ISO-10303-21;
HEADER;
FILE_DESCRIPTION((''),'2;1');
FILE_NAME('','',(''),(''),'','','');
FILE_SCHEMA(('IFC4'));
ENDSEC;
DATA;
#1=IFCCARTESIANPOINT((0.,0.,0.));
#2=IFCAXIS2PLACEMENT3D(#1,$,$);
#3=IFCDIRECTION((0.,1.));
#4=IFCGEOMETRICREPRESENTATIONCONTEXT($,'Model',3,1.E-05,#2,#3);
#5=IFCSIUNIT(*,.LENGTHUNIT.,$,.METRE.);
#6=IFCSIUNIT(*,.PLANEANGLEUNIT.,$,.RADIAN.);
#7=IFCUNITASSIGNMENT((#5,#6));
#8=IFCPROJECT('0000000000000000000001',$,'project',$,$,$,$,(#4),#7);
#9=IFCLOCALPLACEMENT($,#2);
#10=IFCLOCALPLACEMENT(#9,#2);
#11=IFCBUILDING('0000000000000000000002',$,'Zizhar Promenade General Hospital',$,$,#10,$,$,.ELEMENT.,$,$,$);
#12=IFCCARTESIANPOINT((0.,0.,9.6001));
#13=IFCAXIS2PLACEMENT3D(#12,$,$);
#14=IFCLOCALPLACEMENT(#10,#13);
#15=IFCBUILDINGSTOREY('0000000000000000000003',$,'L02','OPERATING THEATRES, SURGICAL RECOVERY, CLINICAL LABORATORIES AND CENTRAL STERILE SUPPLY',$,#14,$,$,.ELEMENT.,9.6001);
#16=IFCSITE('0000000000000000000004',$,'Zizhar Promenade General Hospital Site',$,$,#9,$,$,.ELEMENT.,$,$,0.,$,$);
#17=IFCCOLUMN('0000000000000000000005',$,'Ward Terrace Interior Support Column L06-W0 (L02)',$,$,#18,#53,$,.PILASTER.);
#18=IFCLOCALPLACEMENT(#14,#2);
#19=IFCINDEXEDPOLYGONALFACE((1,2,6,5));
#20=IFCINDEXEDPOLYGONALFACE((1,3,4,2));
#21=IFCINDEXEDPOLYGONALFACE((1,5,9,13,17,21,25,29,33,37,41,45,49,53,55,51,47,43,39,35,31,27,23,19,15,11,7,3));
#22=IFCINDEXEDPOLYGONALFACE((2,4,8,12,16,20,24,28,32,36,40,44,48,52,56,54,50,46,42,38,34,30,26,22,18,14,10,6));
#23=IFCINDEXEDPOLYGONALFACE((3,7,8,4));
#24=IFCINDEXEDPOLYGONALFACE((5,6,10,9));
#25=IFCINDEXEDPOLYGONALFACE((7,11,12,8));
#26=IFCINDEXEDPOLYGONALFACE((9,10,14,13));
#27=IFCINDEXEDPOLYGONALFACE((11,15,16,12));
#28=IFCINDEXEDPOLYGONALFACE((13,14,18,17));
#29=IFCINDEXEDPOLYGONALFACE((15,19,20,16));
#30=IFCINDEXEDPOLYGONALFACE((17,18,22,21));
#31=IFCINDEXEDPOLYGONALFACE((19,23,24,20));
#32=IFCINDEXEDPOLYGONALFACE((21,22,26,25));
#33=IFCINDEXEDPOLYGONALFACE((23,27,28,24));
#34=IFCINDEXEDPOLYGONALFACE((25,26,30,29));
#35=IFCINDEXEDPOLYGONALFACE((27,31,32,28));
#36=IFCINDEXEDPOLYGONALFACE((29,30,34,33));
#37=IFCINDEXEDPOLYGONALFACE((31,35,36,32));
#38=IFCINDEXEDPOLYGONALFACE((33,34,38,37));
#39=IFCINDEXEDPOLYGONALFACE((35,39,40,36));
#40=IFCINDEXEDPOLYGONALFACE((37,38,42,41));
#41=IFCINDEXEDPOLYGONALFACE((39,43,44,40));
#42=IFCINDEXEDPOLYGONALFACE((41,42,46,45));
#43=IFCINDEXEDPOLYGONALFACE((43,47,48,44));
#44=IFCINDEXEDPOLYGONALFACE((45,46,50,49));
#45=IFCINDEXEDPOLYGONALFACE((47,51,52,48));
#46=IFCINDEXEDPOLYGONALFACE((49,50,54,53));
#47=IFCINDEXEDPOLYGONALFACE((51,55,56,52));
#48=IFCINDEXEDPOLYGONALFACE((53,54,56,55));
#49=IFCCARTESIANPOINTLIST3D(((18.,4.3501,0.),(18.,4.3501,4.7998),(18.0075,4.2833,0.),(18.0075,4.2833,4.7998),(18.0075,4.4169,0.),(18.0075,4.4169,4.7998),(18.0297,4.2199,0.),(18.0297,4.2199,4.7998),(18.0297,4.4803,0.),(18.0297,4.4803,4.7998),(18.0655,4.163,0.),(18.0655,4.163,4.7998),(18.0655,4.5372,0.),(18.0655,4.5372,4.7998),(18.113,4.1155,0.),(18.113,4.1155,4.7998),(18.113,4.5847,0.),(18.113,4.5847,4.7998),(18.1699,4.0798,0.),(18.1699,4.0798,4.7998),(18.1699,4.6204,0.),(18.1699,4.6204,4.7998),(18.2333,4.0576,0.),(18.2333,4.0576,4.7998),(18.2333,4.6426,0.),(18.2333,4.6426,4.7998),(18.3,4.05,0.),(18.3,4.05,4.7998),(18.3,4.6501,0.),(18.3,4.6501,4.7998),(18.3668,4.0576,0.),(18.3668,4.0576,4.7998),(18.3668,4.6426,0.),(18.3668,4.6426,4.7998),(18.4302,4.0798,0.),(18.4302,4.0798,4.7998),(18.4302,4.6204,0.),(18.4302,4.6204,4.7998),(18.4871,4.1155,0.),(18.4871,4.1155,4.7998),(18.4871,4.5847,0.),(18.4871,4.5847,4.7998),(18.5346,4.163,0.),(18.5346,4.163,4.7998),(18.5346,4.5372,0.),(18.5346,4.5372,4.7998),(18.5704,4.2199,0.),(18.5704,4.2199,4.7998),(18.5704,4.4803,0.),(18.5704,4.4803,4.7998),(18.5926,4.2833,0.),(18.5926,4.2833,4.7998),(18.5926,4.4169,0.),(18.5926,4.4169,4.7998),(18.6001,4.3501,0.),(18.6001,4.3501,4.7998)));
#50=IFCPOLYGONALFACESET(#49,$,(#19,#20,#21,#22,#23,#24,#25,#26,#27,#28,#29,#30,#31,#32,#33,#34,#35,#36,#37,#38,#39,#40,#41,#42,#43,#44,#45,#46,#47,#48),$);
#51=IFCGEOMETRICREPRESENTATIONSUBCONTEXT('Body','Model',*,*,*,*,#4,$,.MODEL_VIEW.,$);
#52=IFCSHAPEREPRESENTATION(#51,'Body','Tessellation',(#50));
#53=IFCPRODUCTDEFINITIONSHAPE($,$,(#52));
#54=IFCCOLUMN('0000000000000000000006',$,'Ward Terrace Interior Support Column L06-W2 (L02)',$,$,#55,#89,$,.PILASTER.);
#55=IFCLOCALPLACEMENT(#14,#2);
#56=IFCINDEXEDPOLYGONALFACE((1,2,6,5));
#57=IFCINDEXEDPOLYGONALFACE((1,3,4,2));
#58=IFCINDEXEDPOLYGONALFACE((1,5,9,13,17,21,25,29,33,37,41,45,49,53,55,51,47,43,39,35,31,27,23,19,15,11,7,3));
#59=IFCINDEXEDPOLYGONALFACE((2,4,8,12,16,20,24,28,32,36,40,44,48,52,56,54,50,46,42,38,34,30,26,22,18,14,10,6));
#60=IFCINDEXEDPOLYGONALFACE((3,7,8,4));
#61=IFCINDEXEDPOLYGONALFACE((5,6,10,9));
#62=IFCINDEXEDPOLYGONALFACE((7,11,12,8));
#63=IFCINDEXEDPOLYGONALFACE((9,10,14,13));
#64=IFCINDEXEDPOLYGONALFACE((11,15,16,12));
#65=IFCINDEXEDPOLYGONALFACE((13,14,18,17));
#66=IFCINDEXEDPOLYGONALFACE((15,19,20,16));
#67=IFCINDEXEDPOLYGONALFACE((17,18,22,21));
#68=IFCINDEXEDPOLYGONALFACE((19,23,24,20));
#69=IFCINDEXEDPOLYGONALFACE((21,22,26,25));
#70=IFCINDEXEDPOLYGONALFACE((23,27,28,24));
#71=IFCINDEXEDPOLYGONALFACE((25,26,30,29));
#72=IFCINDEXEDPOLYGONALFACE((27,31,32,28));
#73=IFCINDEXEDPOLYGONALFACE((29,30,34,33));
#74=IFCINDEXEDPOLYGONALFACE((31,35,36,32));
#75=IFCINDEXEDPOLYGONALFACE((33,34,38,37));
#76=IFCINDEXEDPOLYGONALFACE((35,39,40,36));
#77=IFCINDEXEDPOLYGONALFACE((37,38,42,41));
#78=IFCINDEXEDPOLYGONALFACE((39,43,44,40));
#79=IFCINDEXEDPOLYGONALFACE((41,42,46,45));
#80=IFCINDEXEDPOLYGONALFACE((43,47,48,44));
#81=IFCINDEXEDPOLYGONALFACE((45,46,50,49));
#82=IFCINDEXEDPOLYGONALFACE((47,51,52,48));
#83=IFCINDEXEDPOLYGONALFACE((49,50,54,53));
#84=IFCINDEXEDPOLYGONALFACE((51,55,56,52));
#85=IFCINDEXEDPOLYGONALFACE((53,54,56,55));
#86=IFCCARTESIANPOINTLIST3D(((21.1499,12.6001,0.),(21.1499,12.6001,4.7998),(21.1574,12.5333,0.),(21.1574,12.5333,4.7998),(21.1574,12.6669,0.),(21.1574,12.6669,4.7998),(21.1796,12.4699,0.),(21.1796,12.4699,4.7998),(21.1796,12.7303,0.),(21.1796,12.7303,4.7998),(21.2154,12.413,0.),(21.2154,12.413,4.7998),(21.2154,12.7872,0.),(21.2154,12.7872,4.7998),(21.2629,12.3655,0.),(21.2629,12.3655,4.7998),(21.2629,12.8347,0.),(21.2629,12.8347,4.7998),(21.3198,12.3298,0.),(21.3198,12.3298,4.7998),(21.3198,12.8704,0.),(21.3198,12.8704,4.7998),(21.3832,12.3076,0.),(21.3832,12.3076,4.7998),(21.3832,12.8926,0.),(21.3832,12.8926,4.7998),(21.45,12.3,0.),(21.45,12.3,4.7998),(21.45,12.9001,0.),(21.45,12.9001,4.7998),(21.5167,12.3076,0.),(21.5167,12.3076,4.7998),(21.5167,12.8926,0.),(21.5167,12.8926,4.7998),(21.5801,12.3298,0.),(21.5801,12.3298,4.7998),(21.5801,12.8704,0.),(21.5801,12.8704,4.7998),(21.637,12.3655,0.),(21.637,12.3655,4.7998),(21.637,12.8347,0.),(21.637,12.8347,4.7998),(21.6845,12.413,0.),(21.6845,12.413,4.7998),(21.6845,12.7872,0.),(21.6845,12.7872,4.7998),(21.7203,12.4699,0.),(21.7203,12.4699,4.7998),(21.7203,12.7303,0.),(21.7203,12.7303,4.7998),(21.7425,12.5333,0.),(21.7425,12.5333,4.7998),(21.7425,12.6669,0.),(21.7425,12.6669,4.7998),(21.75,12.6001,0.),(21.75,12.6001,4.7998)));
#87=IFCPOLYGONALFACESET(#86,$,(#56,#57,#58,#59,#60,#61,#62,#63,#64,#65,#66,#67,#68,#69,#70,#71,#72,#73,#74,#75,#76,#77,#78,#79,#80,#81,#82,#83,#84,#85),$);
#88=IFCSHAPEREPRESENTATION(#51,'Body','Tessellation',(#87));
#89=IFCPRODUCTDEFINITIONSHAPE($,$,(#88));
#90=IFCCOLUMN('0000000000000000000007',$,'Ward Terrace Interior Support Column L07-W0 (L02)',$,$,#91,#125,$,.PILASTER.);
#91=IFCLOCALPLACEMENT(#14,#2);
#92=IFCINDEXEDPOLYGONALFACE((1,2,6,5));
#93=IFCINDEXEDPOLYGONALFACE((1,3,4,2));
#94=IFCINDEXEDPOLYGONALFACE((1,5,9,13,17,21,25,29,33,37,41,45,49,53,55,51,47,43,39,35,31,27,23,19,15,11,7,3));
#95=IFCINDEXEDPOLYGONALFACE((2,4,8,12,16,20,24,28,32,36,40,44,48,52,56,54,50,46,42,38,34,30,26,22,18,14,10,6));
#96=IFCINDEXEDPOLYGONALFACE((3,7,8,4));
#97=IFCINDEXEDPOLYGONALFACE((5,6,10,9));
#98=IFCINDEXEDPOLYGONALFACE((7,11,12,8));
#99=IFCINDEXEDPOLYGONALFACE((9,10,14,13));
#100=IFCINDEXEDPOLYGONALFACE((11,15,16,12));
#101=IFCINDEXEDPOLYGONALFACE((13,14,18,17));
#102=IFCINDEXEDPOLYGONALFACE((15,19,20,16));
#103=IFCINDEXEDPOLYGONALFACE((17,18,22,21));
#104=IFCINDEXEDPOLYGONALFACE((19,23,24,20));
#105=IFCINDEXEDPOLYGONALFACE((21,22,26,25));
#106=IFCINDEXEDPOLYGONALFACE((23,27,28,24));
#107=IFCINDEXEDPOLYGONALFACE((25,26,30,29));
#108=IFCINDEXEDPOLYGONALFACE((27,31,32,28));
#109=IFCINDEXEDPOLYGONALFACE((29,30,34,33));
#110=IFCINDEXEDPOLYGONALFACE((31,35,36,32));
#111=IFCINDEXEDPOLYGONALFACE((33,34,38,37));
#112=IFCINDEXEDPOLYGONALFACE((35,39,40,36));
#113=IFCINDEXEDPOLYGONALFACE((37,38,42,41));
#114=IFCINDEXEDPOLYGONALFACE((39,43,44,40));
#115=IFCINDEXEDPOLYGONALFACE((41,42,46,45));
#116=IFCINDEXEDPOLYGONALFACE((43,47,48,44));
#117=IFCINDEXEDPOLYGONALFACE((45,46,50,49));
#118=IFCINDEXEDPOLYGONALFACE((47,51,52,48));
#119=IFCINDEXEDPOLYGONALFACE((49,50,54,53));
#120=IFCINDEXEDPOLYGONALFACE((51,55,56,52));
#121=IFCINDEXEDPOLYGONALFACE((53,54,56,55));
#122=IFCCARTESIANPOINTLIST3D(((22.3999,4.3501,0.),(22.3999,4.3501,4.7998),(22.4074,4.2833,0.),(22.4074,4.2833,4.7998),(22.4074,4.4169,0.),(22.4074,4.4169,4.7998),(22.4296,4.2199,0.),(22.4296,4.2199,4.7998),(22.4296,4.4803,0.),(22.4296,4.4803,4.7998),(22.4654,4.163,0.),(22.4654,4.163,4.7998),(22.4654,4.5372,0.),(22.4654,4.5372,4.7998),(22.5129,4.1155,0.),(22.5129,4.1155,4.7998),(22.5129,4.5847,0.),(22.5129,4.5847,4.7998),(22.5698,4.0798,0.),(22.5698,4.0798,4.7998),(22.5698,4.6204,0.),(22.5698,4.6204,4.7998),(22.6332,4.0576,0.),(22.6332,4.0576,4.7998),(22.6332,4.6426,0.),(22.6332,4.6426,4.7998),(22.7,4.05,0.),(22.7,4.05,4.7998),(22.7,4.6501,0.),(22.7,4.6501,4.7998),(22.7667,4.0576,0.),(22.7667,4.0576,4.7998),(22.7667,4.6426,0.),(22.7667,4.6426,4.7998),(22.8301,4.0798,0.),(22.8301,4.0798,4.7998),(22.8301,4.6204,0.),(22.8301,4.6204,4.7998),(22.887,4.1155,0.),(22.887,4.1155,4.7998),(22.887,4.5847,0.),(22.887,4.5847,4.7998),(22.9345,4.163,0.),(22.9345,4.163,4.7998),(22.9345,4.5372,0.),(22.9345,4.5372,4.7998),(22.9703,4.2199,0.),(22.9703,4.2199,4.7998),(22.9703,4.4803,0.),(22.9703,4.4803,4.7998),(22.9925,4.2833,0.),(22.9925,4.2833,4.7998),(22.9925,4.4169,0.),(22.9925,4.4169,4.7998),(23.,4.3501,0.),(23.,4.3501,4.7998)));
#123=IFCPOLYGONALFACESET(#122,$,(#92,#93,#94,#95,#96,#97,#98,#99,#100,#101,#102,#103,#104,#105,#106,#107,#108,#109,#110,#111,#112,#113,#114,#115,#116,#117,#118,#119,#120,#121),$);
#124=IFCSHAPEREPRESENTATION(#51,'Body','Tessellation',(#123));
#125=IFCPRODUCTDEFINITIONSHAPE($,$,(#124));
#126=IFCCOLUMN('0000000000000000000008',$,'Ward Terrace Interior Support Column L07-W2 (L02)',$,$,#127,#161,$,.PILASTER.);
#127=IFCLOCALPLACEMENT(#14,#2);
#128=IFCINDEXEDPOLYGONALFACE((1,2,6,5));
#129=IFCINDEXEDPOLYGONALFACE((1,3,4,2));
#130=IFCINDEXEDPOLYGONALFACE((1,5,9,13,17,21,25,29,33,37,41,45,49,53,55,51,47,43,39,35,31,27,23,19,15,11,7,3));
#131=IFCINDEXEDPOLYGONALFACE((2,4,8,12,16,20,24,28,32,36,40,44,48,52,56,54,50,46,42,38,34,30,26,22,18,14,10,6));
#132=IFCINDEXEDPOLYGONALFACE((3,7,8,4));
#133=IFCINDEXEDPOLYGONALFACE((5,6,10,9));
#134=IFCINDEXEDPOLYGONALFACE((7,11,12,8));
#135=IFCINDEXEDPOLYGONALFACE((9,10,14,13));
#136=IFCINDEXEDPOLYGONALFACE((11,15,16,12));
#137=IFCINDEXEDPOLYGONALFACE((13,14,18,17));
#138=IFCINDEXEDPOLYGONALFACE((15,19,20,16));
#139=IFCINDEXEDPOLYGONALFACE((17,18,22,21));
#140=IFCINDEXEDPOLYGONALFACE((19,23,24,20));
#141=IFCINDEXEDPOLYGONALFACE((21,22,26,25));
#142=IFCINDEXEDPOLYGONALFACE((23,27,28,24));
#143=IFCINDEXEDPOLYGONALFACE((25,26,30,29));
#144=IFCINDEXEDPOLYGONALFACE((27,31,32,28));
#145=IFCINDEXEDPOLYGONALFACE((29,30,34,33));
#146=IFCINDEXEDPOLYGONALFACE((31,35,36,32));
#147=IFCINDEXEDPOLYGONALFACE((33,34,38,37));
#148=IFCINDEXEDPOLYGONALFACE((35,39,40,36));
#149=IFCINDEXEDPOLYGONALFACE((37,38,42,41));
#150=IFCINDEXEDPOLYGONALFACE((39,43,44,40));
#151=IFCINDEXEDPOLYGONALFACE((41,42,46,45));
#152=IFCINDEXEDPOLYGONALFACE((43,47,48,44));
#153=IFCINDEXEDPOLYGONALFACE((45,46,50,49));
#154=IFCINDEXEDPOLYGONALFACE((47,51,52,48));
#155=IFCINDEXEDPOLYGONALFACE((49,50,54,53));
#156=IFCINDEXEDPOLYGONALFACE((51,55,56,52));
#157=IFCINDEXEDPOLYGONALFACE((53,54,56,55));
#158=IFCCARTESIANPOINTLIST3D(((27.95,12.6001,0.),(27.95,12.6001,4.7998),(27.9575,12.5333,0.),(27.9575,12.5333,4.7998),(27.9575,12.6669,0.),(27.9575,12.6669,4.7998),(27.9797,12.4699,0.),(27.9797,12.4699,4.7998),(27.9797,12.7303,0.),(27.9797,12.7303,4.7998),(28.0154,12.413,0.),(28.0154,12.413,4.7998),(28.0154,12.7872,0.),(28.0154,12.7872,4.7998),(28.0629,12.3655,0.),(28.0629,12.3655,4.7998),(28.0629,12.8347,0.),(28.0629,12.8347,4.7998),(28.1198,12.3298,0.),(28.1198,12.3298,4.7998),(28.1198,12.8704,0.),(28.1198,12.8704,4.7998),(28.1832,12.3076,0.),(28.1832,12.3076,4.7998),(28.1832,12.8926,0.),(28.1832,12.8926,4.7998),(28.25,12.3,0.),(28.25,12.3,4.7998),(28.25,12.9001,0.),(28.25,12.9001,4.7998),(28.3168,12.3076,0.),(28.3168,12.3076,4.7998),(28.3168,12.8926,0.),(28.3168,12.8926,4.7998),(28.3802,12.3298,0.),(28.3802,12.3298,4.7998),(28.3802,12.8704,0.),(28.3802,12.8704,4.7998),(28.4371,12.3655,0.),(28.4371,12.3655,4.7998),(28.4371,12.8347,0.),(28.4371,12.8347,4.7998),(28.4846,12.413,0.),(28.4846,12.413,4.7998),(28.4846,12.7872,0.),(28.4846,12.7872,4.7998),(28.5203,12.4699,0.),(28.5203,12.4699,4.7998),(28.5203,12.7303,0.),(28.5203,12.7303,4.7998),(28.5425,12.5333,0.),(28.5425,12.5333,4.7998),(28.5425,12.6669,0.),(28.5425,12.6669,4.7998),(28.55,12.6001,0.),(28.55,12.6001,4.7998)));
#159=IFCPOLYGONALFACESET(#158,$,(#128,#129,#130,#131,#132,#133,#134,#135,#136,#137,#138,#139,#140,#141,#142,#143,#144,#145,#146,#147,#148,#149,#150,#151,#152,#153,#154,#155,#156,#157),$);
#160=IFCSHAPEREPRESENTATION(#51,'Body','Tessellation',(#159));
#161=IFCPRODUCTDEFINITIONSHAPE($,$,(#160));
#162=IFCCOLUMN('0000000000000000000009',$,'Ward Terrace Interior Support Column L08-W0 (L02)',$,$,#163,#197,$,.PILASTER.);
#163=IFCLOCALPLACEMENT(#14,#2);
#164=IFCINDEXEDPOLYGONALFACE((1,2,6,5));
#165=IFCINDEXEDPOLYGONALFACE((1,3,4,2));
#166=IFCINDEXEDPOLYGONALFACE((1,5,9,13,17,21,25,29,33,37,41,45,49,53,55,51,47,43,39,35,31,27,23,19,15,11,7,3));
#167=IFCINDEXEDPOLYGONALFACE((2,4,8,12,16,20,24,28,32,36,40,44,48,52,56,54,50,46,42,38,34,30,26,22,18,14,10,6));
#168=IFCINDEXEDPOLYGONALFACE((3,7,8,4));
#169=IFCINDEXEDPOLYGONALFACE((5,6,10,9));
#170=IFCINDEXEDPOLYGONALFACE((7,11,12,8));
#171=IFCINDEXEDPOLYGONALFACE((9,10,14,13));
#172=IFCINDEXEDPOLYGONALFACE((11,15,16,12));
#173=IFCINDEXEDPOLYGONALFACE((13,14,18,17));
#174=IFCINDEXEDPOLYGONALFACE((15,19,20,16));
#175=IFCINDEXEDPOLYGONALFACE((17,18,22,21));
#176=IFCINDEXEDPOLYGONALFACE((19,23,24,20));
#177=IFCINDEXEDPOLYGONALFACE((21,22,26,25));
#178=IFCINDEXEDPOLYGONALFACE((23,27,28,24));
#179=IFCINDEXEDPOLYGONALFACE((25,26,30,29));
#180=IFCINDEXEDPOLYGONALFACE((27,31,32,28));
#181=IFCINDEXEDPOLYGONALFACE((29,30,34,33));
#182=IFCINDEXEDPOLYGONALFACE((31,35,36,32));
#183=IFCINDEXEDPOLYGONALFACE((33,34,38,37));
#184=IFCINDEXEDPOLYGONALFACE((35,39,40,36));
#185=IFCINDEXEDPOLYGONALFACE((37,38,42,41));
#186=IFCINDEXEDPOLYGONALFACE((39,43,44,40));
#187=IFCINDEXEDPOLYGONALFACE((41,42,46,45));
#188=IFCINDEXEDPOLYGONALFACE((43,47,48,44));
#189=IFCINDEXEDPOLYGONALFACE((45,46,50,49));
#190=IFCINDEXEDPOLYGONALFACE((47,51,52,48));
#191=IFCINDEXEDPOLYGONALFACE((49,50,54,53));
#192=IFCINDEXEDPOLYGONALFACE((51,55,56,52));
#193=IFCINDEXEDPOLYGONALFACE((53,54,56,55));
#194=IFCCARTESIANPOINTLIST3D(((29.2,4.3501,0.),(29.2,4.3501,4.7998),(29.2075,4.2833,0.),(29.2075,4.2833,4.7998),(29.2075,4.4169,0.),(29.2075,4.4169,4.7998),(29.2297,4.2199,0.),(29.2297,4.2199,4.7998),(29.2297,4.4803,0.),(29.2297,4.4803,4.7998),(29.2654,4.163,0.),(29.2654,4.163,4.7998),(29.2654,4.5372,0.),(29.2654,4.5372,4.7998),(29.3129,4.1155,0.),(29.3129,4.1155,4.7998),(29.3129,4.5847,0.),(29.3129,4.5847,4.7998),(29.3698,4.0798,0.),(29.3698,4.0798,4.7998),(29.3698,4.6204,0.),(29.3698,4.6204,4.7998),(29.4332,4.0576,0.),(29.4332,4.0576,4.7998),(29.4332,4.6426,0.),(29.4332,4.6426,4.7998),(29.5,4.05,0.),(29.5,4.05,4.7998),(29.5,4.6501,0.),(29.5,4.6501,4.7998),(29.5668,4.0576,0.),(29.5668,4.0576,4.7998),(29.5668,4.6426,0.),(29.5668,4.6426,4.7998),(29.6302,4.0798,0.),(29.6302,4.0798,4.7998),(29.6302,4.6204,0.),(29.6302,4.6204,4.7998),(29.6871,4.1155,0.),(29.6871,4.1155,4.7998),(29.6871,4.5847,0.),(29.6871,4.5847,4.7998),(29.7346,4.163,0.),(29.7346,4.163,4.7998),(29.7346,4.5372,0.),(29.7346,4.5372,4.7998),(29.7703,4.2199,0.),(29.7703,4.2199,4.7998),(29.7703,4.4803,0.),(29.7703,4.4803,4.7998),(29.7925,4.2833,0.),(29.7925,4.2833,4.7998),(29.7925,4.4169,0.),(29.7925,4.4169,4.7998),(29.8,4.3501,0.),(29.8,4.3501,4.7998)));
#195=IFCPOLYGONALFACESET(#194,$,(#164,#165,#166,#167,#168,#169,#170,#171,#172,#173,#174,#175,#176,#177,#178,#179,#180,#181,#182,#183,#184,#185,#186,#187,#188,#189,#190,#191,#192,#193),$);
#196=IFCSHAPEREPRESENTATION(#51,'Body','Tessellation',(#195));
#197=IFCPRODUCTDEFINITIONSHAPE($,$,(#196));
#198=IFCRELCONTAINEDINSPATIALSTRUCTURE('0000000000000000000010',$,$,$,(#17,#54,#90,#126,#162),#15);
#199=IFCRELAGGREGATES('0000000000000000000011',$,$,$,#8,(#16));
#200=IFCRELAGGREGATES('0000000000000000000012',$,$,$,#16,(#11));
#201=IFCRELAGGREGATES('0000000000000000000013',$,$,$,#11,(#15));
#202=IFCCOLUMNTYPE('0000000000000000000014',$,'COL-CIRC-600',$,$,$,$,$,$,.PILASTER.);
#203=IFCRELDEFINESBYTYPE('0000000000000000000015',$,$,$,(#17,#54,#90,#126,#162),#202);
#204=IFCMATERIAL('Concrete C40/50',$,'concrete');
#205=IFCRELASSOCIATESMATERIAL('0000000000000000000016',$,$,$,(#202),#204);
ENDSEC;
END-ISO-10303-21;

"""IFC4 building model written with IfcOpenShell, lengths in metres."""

from ifc_helpers import new_model, si_unit, direction, frame, origin, origin_2d, place, context, subcontext, project, spatial, circle, extrude, material, material_profile, profile_set, type_object, element, save


model = new_model("IFC4")

# Units and contexts
model_context = context("Model", 3, precision=1e-05, world=origin(), true_north=direction((0.0, 1.0)))
body_context = subcontext(model_context, "Body", "Model", "MODEL_VIEW")
ifc_project = project(units=[si_unit("LENGTHUNIT", "METRE"), si_unit("PLANEANGLEUNIT", "RADIAN")], contexts=[model_context])

# Site, building, storey
site_placement = place(None, origin())
site = spatial("IfcSite", under=ifc_project, at=site_placement, Name="Zizhar Promenade General Hospital Site", CompositionType="ELEMENT", RefElevation=0.0)
building_placement = place(site_placement, origin())
building = spatial("IfcBuilding", under=site, at=building_placement, Name="Zizhar Promenade General Hospital", CompositionType="ELEMENT")
storey_placement = place(building_placement, frame((0.0, 0.0, 9.6001)))
storey = spatial("IfcBuildingStorey", under=building, at=storey_placement, Name="L02", Description="OPERATING THEATRES, SURGICAL RECOVERY, CLINICAL LABORATORIES AND CENTRAL STERILE SUPPLY", CompositionType="ELEMENT", Elevation=9.6001)

# Columns
ifc_material_1 = material(Name="Concrete C40/50", Category="concrete")
ifc_material_profile_1 = material_profile(ifc_material_1, circle(Radius=0.3, at=origin_2d()))
ifc_profile_set_1 = profile_set([ifc_material_profile_1], Name="Concrete C40/50")
column_type_1 = type_object("IfcColumnType", Name="COL-CIRC-600", PredefinedType="PILASTER", material=ifc_profile_set_1)
for number, where, z_axis, x_axis, name in (
    (1, (18.3, 4.3501, 0.0), (0.0, 0.0, 1.0), (1.0, 0.0, 0.0), "Ward Terrace Interior Support Column L06-W0 (L02)"),
    (2, (21.45, 12.6001, 0.0), (0.0, 0.0, 1.0), (1.0, 0.0, 0.0), "Ward Terrace Interior Support Column L06-W2 (L02)"),
    (3, (22.7, 4.3501, 0.0), (0.0, 0.0, 1.0), (1.0, 0.0, 0.0), "Ward Terrace Interior Support Column L07-W0 (L02)"),
    (4, (28.25, 12.6001, 0.0), (0.0, 0.0, 1.0), (1.0, 0.0, 0.0), "Ward Terrace Interior Support Column L07-W2 (L02)"),
    (5, (29.5, 4.3501, 0.0), (0.0, 0.0, 1.0), (1.0, 0.0, 0.0), "Ward Terrace Interior Support Column L08-W0 (L02)"),
):
    element("IfcColumn", number, at=place(storey_placement, frame(where, z_axis=z_axis, x_axis=x_axis)), inside=storey, type_object=column_type_1, Name=name, PredefinedType="PILASTER", context=body_context, shape_type="SweptSolid", body=[
        extrude(circle(Radius=0.3, at=origin_2d()), origin(), (0.0, 0.0, 1.0), 4.7998),
    ])

save(model, "model.ifc")
